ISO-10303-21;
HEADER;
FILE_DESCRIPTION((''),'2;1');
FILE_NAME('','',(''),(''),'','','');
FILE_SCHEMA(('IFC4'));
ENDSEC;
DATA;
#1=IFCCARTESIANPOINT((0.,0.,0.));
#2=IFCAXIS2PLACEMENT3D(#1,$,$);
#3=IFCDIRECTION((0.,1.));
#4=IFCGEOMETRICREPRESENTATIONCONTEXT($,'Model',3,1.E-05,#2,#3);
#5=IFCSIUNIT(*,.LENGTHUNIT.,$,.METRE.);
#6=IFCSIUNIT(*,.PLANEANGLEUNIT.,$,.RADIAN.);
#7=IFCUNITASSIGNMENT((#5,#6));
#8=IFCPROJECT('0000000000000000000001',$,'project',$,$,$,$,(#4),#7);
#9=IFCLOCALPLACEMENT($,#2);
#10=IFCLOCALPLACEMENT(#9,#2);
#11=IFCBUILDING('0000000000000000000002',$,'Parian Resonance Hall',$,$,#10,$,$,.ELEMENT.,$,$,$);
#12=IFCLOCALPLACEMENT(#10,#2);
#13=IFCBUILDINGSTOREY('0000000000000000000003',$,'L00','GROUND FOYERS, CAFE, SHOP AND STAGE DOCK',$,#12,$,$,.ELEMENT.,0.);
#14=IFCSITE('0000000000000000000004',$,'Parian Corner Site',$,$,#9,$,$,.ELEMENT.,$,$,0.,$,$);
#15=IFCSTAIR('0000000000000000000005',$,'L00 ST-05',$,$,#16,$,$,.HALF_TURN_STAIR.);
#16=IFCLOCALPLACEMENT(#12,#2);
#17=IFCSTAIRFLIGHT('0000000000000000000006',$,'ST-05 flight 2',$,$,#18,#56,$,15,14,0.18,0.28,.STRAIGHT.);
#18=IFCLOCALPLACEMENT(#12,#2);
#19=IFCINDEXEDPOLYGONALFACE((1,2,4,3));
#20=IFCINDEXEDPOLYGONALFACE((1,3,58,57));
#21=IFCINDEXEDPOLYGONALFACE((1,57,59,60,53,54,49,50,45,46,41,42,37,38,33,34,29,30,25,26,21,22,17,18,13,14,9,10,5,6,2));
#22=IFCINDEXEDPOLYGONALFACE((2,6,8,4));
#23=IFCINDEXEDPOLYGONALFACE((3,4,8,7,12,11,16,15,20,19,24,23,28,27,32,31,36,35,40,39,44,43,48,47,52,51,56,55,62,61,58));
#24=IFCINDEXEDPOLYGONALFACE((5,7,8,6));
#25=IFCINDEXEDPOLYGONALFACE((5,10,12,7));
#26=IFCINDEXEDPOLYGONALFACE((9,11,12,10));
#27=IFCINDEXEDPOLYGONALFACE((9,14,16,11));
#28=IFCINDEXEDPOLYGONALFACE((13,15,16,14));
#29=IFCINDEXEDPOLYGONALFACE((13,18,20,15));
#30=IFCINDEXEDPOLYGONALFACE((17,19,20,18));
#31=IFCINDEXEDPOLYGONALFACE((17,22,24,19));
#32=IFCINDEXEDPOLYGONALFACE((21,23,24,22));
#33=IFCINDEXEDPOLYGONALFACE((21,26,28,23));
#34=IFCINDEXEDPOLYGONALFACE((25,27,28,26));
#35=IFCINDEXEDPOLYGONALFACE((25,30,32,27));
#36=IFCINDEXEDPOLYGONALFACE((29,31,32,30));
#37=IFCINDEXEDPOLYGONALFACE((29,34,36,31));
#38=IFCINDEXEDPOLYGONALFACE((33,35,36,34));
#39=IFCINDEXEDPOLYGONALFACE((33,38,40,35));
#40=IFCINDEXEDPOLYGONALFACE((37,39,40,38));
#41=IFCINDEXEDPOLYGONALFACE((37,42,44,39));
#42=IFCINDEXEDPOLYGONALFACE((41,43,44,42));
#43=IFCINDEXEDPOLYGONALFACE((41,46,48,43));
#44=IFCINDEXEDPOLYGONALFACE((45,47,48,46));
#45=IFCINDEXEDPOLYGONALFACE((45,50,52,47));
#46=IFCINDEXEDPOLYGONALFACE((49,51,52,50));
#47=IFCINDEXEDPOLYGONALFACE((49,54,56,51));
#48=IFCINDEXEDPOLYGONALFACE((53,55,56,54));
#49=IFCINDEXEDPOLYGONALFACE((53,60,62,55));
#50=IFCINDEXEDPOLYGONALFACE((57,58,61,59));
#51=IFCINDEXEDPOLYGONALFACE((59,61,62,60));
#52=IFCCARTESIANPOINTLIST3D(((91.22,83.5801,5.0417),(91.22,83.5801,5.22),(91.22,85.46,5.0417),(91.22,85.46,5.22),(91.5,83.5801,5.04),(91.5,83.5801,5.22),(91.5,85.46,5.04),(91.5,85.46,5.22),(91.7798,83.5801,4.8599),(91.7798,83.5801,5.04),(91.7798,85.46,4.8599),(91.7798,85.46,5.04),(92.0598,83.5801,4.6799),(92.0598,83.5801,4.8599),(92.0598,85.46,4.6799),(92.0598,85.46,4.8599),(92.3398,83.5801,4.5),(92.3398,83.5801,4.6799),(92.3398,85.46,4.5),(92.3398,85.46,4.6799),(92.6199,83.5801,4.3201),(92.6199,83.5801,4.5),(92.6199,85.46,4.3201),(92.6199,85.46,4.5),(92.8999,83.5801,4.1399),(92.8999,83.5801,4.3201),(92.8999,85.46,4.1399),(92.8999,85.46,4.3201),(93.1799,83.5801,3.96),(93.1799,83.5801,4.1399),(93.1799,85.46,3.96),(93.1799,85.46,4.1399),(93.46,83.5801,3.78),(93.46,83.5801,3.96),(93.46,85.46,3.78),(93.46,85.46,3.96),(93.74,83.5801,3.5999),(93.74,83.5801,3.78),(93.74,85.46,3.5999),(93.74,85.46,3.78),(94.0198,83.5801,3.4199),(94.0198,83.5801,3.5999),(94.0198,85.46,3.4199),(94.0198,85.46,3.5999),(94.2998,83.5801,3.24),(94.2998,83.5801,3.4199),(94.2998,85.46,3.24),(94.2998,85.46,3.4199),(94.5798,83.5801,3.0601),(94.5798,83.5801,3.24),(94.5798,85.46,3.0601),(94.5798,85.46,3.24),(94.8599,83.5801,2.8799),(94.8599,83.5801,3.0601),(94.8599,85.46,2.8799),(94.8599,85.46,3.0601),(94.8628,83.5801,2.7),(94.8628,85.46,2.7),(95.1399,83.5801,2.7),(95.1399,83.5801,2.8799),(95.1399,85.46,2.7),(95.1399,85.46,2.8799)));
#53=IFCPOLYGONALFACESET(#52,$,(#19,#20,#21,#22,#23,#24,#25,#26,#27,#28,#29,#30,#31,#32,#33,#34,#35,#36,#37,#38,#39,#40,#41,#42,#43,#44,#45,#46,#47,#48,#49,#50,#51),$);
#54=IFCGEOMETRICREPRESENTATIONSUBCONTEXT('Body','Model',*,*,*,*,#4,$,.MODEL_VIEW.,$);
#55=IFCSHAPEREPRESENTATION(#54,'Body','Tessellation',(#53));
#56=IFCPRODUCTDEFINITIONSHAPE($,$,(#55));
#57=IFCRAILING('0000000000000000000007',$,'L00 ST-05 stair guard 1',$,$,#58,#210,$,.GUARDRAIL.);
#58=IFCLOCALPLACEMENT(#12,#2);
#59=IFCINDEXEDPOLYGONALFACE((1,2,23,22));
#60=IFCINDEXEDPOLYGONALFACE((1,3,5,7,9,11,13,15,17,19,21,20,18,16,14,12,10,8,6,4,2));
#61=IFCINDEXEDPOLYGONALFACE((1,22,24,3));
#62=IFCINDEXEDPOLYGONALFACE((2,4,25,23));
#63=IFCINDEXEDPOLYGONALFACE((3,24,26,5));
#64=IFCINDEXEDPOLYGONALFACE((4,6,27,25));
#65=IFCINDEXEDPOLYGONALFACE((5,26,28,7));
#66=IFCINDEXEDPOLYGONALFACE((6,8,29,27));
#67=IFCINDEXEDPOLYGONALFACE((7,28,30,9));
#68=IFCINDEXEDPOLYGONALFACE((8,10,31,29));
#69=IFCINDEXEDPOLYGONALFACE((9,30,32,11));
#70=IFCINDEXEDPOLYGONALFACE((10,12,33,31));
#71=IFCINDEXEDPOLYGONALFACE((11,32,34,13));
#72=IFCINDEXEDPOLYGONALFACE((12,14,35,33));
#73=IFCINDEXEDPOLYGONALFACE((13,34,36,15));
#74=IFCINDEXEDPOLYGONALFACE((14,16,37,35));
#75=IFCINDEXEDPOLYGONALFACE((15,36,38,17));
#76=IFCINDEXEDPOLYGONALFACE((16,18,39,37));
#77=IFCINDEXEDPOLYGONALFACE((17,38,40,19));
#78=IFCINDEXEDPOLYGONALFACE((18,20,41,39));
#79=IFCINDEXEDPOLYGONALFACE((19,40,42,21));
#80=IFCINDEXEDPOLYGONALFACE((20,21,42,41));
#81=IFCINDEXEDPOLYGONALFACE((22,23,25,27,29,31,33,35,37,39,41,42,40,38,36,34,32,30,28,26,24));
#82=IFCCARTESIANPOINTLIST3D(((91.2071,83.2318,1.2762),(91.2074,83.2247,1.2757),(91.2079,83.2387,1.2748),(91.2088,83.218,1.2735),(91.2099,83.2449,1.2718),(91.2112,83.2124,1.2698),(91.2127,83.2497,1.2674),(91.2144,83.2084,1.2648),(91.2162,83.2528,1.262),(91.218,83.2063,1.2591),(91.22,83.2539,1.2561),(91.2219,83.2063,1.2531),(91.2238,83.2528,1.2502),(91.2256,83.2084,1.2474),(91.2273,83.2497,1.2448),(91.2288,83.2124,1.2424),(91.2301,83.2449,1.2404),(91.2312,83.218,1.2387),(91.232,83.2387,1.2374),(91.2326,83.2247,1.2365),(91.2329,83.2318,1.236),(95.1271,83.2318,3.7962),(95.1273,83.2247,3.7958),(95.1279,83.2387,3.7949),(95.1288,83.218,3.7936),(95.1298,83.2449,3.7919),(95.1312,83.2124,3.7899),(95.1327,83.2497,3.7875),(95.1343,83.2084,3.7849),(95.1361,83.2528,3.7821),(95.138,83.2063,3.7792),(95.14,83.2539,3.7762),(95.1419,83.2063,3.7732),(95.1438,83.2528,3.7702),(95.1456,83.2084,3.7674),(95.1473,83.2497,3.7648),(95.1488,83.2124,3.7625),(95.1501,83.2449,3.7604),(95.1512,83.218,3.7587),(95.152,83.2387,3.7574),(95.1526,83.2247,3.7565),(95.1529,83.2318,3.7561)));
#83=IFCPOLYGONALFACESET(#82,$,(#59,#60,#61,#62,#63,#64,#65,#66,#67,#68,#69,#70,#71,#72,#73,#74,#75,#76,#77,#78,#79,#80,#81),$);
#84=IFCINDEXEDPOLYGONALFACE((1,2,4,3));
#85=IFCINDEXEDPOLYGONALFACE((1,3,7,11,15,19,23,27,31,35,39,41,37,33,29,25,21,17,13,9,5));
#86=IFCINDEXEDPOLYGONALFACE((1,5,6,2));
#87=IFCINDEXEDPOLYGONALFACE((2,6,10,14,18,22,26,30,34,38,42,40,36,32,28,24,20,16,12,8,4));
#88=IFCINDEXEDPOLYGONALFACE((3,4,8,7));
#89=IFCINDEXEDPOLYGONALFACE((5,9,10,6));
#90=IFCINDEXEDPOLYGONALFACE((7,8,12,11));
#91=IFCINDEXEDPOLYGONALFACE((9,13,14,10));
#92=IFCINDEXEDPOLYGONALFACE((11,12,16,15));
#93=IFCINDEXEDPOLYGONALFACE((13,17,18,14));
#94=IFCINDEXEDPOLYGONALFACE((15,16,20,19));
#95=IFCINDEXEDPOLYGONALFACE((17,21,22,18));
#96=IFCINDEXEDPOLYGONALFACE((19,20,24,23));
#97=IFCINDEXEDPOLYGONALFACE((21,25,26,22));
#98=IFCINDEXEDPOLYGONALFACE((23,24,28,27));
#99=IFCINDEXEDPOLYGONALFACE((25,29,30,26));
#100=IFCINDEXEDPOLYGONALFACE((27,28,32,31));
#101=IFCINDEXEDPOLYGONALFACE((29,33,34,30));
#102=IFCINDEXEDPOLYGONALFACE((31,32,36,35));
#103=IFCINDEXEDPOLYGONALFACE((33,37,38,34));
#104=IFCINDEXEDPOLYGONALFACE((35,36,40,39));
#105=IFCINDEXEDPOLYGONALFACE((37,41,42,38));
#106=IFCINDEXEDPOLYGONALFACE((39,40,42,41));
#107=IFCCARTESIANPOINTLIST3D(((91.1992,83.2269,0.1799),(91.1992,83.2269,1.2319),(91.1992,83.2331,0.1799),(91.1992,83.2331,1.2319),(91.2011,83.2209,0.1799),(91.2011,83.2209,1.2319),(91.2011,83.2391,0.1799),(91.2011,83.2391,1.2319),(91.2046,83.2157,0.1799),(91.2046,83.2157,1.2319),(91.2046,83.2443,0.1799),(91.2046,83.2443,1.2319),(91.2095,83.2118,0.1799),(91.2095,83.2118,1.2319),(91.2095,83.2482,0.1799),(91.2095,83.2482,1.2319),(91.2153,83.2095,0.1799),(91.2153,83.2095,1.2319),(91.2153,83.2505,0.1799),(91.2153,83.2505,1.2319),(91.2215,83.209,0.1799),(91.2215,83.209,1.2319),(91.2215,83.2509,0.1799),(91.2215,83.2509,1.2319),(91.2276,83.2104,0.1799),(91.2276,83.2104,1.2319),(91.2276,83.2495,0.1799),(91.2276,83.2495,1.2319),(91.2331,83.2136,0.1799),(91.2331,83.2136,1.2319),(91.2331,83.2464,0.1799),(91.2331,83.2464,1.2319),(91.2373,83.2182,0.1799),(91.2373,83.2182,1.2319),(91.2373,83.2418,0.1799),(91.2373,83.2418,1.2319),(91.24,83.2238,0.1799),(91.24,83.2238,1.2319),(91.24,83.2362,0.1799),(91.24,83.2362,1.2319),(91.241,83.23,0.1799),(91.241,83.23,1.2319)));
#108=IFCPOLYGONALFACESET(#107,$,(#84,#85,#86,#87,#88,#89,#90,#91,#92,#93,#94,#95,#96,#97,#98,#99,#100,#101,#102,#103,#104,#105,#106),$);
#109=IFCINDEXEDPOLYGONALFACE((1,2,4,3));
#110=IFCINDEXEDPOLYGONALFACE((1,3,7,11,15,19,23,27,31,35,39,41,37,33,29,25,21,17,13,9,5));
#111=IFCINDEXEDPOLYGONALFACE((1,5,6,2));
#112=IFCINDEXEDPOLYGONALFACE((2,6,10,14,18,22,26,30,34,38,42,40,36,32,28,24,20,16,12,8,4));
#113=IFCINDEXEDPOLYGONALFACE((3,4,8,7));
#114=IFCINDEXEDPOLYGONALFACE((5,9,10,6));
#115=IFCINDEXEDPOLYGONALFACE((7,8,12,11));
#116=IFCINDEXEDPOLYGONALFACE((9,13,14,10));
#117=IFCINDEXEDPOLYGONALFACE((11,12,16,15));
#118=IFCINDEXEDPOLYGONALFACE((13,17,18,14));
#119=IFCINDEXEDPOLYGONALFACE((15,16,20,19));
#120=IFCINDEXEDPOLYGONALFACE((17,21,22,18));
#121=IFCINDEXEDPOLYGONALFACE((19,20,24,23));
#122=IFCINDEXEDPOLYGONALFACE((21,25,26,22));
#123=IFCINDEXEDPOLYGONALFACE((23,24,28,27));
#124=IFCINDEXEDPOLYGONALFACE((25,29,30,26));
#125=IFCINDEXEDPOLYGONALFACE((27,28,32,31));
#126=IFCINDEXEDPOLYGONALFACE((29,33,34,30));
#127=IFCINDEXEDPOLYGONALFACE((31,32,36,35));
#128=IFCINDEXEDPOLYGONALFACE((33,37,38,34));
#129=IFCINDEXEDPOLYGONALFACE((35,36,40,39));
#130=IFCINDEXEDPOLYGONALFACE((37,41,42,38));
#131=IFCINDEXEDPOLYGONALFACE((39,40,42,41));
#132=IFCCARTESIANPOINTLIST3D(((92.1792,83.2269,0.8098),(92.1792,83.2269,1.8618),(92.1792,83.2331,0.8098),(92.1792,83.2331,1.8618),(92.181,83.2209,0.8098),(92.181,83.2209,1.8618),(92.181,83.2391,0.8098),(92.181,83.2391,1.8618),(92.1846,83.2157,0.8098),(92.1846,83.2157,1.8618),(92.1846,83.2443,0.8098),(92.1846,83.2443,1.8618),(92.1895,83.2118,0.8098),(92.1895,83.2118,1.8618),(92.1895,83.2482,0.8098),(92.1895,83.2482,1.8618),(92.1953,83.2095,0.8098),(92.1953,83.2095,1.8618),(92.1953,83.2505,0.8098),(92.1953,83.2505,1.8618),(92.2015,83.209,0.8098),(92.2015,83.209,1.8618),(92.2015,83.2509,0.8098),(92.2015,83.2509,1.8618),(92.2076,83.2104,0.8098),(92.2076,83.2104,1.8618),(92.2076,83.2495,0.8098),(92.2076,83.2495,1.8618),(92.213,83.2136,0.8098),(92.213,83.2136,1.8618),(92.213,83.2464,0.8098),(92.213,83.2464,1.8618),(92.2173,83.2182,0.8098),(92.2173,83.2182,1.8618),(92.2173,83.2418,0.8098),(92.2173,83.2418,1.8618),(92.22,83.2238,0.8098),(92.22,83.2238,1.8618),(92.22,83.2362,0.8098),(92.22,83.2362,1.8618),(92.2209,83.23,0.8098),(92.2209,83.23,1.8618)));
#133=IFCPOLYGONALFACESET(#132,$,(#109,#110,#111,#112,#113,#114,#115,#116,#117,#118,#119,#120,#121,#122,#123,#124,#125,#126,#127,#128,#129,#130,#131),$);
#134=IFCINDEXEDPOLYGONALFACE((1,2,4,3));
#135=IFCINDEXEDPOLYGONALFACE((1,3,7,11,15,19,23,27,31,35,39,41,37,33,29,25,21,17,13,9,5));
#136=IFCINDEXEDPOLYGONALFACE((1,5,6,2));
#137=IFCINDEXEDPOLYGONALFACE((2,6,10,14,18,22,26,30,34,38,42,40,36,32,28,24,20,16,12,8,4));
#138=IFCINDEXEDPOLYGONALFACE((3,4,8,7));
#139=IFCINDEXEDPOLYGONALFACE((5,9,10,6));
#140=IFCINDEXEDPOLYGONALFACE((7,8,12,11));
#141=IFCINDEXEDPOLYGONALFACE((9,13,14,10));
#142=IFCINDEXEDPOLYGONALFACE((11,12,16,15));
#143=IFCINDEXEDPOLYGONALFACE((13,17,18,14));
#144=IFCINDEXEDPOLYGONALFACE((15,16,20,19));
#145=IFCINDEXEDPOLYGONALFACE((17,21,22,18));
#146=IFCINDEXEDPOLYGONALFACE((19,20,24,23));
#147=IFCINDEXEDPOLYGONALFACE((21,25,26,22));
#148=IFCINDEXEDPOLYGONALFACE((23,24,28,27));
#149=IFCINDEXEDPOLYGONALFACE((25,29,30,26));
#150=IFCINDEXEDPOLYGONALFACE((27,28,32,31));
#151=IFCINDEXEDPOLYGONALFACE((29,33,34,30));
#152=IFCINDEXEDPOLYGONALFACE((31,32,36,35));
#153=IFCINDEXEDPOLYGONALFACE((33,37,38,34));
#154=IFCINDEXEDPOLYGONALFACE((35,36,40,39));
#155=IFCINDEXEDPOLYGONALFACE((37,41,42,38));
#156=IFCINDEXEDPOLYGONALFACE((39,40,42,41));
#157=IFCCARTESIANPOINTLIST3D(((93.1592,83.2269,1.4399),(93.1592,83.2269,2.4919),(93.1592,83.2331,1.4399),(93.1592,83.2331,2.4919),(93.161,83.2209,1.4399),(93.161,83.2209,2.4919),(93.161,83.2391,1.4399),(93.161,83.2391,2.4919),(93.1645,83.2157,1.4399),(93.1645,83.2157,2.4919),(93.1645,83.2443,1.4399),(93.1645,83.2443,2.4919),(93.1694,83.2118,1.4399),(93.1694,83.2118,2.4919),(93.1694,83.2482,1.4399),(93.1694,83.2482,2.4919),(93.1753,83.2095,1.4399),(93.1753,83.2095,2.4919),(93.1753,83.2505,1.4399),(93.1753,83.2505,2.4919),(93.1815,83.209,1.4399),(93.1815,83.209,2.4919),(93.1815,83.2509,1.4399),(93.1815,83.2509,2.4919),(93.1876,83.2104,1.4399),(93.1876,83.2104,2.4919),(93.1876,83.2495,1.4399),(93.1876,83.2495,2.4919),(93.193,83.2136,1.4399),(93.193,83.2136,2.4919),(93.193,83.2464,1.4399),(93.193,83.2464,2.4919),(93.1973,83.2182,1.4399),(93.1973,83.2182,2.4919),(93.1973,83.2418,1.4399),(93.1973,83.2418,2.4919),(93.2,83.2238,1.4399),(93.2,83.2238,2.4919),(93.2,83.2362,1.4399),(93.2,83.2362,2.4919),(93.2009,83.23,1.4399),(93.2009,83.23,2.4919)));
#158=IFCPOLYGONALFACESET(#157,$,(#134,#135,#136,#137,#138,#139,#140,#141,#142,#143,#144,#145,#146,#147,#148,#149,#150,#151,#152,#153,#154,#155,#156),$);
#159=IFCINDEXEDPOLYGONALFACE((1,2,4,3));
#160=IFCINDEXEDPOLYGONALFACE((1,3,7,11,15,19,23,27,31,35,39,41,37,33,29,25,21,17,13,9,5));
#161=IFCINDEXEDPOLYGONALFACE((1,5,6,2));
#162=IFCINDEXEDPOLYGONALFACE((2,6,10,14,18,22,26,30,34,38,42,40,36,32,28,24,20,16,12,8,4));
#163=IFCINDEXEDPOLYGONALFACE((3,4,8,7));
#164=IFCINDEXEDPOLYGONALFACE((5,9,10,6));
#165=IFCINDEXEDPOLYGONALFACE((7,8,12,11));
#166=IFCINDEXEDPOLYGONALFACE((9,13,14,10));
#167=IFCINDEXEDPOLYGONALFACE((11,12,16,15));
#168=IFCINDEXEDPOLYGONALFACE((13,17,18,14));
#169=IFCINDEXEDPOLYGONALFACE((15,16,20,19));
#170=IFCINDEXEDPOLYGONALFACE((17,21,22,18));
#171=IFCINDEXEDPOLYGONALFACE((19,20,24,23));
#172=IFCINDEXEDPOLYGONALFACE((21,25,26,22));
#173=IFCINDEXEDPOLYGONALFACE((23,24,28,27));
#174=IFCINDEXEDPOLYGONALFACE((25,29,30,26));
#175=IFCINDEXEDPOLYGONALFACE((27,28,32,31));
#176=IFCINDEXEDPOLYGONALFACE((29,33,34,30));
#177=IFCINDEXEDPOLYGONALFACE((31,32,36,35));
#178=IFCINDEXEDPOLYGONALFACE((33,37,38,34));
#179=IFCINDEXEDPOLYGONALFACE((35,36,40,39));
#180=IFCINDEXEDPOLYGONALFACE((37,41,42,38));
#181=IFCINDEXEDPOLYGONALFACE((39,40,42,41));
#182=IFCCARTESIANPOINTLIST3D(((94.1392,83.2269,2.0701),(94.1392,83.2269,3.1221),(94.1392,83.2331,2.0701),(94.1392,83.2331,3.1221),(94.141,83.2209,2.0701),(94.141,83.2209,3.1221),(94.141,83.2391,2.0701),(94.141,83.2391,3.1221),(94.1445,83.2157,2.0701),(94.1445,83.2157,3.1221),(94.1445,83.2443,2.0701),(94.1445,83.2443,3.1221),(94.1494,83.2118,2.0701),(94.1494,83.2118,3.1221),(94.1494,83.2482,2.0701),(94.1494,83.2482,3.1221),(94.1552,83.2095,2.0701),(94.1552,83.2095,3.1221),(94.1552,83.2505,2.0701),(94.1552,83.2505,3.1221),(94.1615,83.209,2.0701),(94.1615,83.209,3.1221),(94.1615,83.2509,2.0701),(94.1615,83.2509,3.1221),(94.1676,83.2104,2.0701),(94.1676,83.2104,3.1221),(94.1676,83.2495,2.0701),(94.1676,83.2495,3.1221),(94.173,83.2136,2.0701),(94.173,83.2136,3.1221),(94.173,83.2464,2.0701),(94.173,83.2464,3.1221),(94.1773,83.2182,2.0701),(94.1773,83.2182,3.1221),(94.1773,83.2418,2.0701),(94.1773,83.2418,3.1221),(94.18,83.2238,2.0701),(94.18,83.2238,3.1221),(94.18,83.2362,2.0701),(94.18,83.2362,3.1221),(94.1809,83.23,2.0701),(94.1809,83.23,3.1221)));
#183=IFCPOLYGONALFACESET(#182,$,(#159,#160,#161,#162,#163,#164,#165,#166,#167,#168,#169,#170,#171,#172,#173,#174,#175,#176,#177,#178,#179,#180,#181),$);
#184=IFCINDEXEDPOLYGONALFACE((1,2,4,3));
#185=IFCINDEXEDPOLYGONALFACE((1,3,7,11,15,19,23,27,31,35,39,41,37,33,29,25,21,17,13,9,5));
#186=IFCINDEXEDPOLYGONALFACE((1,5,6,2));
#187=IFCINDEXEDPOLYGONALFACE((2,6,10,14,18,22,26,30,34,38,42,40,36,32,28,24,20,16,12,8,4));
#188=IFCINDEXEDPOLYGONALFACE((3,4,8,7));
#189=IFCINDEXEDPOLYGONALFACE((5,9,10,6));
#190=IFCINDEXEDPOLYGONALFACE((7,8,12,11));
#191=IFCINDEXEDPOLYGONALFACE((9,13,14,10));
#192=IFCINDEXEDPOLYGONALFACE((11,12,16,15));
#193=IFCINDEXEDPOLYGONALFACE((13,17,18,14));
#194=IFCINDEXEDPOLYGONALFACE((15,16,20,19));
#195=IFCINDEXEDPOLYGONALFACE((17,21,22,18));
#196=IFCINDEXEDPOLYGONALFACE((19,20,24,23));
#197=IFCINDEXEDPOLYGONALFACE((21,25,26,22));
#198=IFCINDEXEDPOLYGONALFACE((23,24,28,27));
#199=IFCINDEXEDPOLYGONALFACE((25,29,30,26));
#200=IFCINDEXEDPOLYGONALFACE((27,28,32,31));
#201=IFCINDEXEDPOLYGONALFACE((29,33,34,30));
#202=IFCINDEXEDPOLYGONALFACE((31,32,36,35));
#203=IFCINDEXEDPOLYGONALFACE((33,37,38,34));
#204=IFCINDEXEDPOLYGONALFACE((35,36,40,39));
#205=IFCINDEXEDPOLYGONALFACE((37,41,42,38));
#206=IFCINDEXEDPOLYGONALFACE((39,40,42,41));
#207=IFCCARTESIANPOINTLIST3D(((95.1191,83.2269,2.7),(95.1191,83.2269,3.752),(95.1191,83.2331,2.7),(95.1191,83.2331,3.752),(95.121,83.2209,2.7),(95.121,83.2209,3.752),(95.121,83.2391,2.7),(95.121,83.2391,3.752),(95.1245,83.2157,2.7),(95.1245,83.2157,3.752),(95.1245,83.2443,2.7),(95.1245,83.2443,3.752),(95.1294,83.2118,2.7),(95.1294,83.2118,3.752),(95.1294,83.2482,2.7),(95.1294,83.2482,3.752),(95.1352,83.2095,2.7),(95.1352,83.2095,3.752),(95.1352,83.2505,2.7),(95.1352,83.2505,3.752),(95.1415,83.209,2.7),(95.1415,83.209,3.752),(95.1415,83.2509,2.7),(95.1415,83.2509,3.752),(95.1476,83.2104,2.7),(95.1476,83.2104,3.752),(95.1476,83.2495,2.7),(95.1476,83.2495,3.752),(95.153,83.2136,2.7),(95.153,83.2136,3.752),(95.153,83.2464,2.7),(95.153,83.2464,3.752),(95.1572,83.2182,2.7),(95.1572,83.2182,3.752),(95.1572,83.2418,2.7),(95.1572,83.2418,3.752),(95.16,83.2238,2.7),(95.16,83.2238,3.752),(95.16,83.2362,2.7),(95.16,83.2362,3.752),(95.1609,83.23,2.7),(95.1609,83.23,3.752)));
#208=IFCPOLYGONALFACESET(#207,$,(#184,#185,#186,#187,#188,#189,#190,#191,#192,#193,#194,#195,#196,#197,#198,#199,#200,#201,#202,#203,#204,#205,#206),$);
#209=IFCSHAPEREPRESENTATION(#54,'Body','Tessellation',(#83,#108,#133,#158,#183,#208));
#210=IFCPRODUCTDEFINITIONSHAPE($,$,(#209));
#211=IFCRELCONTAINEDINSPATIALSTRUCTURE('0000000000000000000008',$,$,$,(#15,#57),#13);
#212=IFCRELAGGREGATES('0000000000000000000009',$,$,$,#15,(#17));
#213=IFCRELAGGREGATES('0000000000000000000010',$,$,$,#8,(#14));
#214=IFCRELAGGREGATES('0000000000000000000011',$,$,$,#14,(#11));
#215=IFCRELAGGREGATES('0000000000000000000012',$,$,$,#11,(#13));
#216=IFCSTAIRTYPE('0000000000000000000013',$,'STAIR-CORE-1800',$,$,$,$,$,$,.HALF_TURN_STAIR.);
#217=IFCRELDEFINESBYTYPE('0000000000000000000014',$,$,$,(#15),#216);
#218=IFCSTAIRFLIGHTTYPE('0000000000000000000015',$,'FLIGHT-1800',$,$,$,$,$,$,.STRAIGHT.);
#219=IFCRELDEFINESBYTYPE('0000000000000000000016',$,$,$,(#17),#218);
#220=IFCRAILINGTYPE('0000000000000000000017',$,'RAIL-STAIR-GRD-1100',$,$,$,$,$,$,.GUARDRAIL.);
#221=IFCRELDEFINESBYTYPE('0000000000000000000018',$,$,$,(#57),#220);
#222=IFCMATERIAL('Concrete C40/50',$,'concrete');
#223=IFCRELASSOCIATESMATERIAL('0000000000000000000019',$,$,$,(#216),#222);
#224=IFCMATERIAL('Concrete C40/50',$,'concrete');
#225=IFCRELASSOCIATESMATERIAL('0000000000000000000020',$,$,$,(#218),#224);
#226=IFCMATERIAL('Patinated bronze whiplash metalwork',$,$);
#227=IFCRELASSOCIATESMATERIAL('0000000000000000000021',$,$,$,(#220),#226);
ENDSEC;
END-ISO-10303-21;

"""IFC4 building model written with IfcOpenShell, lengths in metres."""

from ifc_helpers import new_model, si_unit, direction, frame, origin, origin_2d, place, context, subcontext, project, spatial, polyline, circle, outline, extrude, material, type_object, element, aggregate, save


model = new_model("IFC4")

# Units and contexts
model_context = context("Model", 3, precision=1e-05, world=origin(), true_north=direction((0.0, 1.0)))
body_context = subcontext(model_context, "Body", "Model", "MODEL_VIEW")
ifc_project = project(units=[si_unit("LENGTHUNIT", "METRE"), si_unit("PLANEANGLEUNIT", "RADIAN")], contexts=[model_context])

# Site, building, storey
site_placement = place(None, origin())
site = spatial("IfcSite", under=ifc_project, at=site_placement, Name="Parian Corner Site", CompositionType="ELEMENT", RefElevation=0.0)
building_placement = place(site_placement, origin())
building = spatial("IfcBuilding", under=site, at=building_placement, Name="Parian Resonance Hall", CompositionType="ELEMENT")
storey_placement = place(building_placement, origin())
storey = spatial("IfcBuildingStorey", under=building, at=storey_placement, Name="L00", Description="GROUND FOYERS, CAFE, SHOP AND STAGE DOCK", CompositionType="ELEMENT", Elevation=0.0)

# Stair, stair flight
ifc_material_1 = material(Name="Concrete C40/50", Category="concrete")
stair_type = type_object("IfcStairType", Name="STAIR-CORE-1800", PredefinedType="HALF_TURN_STAIR", material=ifc_material_1)
stair_placement = place(storey_placement, origin())
stair = element("IfcStair", 1, at=stair_placement, inside=storey, type_object=stair_type, Name="L00 ST-05", PredefinedType="HALF_TURN_STAIR")
ifc_material_2 = material(Name="Concrete C40/50", Category="concrete")
stair_flight_type = type_object("IfcStairFlightType", Name="FLIGHT-1800", PredefinedType="STRAIGHT", material=ifc_material_2)
stair_flight_1_placement = place(storey_placement, frame((95.1399, 84.52, 2.7), z_axis=(0.0, 0.0, 1.0), x_axis=(-1.0, 0.0, 0.0)))
stair_flight_1 = element("IfcStairFlight", 2, at=stair_flight_1_placement, type_object=stair_flight_type, Name="ST-05 flight 2", NumberOfRisers=15, NumberOfTreads=14, PredefinedType="STRAIGHT", RiserHeight=0.18, TreadLength=0.28, context=body_context, shape_type="SweptSolid", body=[
    extrude(outline(polyline([(0.0, 0.0), (0.0, 0.1799), (0.28, 0.1799), (0.28, 0.3601), (0.5601, 0.3601), (0.5601, 0.54), (0.8401, 0.54), (0.8401, 0.72), (1.1201, 0.72), (1.1201, 0.8999), (1.3999, 0.8999), (1.3999, 1.0801), (1.6799, 1.0801), (1.6799, 1.26), (1.96, 1.26), (1.96, 1.4399), (2.24, 1.4399), (2.24, 1.6201), (2.52, 1.6201), (2.52, 1.8), (2.8, 1.8), (2.8, 1.98), (3.0801, 1.98), (3.0801, 2.1599), (3.3601, 2.1599), (3.3601, 2.3401), (3.6399, 2.3401), (3.6399, 2.52), (3.9199, 2.52), (3.9199, 2.7), (3.9199, 2.3418), (0.2771, 0.0), (0.0, 0.0)])), frame((0.0, 0.9399, 0.0), z_axis=(0.0, -1.0, 0.0), x_axis=(1.0, 0.0, 0.0)), (0.0, 0.0, 1.0), 1.8799),
])
aggregate(stair, [stair_flight_1])

# Railing
ifc_material_3 = material(Name="Patinated bronze whiplash metalwork")
railing_type_1 = type_object("IfcRailingType", Name="RAIL-STAIR-GRD-1100", PredefinedType="GUARDRAIL", material=ifc_material_3)
railing_1_placement = place(storey_placement, frame((91.22, 83.23, 0.1799)))
element("IfcRailing", 3, at=railing_1_placement, inside=storey, type_object=railing_type_1, Name="L00 ST-05 stair guard 1", PredefinedType="GUARDRAIL", context=body_context, shape_type="SweptSolid", body=[
    extrude(circle(Radius=0.0239, at=origin_2d()), frame((0.0, 0.0, 1.0762), z_axis=(0.841172, 0.0, 0.540768), x_axis=(0.0, 1.0, 0.0)), (0.0, 0.0, 1.0), 4.6602),
    extrude(circle(Radius=0.021, at=origin_2d()), origin(), (0.0, 0.0, 1.0), 1.052),
    extrude(circle(Radius=0.021, at=origin_2d()), frame((0.98, 0.0, 0.6299)), (0.0, 0.0, 1.0), 1.052),
    extrude(circle(Radius=0.021, at=origin_2d()), frame((1.96, 0.0, 1.26)), (0.0, 0.0, 1.0), 1.052),
    extrude(circle(Radius=0.021, at=origin_2d()), frame((2.9399, 0.0, 1.8901)), (0.0, 0.0, 1.0), 1.052),
    extrude(circle(Radius=0.021, at=origin_2d()), frame((3.9199, 0.0, 2.52)), (0.0, 0.0, 1.0), 1.052),
])

save(model, "model.ifc")
